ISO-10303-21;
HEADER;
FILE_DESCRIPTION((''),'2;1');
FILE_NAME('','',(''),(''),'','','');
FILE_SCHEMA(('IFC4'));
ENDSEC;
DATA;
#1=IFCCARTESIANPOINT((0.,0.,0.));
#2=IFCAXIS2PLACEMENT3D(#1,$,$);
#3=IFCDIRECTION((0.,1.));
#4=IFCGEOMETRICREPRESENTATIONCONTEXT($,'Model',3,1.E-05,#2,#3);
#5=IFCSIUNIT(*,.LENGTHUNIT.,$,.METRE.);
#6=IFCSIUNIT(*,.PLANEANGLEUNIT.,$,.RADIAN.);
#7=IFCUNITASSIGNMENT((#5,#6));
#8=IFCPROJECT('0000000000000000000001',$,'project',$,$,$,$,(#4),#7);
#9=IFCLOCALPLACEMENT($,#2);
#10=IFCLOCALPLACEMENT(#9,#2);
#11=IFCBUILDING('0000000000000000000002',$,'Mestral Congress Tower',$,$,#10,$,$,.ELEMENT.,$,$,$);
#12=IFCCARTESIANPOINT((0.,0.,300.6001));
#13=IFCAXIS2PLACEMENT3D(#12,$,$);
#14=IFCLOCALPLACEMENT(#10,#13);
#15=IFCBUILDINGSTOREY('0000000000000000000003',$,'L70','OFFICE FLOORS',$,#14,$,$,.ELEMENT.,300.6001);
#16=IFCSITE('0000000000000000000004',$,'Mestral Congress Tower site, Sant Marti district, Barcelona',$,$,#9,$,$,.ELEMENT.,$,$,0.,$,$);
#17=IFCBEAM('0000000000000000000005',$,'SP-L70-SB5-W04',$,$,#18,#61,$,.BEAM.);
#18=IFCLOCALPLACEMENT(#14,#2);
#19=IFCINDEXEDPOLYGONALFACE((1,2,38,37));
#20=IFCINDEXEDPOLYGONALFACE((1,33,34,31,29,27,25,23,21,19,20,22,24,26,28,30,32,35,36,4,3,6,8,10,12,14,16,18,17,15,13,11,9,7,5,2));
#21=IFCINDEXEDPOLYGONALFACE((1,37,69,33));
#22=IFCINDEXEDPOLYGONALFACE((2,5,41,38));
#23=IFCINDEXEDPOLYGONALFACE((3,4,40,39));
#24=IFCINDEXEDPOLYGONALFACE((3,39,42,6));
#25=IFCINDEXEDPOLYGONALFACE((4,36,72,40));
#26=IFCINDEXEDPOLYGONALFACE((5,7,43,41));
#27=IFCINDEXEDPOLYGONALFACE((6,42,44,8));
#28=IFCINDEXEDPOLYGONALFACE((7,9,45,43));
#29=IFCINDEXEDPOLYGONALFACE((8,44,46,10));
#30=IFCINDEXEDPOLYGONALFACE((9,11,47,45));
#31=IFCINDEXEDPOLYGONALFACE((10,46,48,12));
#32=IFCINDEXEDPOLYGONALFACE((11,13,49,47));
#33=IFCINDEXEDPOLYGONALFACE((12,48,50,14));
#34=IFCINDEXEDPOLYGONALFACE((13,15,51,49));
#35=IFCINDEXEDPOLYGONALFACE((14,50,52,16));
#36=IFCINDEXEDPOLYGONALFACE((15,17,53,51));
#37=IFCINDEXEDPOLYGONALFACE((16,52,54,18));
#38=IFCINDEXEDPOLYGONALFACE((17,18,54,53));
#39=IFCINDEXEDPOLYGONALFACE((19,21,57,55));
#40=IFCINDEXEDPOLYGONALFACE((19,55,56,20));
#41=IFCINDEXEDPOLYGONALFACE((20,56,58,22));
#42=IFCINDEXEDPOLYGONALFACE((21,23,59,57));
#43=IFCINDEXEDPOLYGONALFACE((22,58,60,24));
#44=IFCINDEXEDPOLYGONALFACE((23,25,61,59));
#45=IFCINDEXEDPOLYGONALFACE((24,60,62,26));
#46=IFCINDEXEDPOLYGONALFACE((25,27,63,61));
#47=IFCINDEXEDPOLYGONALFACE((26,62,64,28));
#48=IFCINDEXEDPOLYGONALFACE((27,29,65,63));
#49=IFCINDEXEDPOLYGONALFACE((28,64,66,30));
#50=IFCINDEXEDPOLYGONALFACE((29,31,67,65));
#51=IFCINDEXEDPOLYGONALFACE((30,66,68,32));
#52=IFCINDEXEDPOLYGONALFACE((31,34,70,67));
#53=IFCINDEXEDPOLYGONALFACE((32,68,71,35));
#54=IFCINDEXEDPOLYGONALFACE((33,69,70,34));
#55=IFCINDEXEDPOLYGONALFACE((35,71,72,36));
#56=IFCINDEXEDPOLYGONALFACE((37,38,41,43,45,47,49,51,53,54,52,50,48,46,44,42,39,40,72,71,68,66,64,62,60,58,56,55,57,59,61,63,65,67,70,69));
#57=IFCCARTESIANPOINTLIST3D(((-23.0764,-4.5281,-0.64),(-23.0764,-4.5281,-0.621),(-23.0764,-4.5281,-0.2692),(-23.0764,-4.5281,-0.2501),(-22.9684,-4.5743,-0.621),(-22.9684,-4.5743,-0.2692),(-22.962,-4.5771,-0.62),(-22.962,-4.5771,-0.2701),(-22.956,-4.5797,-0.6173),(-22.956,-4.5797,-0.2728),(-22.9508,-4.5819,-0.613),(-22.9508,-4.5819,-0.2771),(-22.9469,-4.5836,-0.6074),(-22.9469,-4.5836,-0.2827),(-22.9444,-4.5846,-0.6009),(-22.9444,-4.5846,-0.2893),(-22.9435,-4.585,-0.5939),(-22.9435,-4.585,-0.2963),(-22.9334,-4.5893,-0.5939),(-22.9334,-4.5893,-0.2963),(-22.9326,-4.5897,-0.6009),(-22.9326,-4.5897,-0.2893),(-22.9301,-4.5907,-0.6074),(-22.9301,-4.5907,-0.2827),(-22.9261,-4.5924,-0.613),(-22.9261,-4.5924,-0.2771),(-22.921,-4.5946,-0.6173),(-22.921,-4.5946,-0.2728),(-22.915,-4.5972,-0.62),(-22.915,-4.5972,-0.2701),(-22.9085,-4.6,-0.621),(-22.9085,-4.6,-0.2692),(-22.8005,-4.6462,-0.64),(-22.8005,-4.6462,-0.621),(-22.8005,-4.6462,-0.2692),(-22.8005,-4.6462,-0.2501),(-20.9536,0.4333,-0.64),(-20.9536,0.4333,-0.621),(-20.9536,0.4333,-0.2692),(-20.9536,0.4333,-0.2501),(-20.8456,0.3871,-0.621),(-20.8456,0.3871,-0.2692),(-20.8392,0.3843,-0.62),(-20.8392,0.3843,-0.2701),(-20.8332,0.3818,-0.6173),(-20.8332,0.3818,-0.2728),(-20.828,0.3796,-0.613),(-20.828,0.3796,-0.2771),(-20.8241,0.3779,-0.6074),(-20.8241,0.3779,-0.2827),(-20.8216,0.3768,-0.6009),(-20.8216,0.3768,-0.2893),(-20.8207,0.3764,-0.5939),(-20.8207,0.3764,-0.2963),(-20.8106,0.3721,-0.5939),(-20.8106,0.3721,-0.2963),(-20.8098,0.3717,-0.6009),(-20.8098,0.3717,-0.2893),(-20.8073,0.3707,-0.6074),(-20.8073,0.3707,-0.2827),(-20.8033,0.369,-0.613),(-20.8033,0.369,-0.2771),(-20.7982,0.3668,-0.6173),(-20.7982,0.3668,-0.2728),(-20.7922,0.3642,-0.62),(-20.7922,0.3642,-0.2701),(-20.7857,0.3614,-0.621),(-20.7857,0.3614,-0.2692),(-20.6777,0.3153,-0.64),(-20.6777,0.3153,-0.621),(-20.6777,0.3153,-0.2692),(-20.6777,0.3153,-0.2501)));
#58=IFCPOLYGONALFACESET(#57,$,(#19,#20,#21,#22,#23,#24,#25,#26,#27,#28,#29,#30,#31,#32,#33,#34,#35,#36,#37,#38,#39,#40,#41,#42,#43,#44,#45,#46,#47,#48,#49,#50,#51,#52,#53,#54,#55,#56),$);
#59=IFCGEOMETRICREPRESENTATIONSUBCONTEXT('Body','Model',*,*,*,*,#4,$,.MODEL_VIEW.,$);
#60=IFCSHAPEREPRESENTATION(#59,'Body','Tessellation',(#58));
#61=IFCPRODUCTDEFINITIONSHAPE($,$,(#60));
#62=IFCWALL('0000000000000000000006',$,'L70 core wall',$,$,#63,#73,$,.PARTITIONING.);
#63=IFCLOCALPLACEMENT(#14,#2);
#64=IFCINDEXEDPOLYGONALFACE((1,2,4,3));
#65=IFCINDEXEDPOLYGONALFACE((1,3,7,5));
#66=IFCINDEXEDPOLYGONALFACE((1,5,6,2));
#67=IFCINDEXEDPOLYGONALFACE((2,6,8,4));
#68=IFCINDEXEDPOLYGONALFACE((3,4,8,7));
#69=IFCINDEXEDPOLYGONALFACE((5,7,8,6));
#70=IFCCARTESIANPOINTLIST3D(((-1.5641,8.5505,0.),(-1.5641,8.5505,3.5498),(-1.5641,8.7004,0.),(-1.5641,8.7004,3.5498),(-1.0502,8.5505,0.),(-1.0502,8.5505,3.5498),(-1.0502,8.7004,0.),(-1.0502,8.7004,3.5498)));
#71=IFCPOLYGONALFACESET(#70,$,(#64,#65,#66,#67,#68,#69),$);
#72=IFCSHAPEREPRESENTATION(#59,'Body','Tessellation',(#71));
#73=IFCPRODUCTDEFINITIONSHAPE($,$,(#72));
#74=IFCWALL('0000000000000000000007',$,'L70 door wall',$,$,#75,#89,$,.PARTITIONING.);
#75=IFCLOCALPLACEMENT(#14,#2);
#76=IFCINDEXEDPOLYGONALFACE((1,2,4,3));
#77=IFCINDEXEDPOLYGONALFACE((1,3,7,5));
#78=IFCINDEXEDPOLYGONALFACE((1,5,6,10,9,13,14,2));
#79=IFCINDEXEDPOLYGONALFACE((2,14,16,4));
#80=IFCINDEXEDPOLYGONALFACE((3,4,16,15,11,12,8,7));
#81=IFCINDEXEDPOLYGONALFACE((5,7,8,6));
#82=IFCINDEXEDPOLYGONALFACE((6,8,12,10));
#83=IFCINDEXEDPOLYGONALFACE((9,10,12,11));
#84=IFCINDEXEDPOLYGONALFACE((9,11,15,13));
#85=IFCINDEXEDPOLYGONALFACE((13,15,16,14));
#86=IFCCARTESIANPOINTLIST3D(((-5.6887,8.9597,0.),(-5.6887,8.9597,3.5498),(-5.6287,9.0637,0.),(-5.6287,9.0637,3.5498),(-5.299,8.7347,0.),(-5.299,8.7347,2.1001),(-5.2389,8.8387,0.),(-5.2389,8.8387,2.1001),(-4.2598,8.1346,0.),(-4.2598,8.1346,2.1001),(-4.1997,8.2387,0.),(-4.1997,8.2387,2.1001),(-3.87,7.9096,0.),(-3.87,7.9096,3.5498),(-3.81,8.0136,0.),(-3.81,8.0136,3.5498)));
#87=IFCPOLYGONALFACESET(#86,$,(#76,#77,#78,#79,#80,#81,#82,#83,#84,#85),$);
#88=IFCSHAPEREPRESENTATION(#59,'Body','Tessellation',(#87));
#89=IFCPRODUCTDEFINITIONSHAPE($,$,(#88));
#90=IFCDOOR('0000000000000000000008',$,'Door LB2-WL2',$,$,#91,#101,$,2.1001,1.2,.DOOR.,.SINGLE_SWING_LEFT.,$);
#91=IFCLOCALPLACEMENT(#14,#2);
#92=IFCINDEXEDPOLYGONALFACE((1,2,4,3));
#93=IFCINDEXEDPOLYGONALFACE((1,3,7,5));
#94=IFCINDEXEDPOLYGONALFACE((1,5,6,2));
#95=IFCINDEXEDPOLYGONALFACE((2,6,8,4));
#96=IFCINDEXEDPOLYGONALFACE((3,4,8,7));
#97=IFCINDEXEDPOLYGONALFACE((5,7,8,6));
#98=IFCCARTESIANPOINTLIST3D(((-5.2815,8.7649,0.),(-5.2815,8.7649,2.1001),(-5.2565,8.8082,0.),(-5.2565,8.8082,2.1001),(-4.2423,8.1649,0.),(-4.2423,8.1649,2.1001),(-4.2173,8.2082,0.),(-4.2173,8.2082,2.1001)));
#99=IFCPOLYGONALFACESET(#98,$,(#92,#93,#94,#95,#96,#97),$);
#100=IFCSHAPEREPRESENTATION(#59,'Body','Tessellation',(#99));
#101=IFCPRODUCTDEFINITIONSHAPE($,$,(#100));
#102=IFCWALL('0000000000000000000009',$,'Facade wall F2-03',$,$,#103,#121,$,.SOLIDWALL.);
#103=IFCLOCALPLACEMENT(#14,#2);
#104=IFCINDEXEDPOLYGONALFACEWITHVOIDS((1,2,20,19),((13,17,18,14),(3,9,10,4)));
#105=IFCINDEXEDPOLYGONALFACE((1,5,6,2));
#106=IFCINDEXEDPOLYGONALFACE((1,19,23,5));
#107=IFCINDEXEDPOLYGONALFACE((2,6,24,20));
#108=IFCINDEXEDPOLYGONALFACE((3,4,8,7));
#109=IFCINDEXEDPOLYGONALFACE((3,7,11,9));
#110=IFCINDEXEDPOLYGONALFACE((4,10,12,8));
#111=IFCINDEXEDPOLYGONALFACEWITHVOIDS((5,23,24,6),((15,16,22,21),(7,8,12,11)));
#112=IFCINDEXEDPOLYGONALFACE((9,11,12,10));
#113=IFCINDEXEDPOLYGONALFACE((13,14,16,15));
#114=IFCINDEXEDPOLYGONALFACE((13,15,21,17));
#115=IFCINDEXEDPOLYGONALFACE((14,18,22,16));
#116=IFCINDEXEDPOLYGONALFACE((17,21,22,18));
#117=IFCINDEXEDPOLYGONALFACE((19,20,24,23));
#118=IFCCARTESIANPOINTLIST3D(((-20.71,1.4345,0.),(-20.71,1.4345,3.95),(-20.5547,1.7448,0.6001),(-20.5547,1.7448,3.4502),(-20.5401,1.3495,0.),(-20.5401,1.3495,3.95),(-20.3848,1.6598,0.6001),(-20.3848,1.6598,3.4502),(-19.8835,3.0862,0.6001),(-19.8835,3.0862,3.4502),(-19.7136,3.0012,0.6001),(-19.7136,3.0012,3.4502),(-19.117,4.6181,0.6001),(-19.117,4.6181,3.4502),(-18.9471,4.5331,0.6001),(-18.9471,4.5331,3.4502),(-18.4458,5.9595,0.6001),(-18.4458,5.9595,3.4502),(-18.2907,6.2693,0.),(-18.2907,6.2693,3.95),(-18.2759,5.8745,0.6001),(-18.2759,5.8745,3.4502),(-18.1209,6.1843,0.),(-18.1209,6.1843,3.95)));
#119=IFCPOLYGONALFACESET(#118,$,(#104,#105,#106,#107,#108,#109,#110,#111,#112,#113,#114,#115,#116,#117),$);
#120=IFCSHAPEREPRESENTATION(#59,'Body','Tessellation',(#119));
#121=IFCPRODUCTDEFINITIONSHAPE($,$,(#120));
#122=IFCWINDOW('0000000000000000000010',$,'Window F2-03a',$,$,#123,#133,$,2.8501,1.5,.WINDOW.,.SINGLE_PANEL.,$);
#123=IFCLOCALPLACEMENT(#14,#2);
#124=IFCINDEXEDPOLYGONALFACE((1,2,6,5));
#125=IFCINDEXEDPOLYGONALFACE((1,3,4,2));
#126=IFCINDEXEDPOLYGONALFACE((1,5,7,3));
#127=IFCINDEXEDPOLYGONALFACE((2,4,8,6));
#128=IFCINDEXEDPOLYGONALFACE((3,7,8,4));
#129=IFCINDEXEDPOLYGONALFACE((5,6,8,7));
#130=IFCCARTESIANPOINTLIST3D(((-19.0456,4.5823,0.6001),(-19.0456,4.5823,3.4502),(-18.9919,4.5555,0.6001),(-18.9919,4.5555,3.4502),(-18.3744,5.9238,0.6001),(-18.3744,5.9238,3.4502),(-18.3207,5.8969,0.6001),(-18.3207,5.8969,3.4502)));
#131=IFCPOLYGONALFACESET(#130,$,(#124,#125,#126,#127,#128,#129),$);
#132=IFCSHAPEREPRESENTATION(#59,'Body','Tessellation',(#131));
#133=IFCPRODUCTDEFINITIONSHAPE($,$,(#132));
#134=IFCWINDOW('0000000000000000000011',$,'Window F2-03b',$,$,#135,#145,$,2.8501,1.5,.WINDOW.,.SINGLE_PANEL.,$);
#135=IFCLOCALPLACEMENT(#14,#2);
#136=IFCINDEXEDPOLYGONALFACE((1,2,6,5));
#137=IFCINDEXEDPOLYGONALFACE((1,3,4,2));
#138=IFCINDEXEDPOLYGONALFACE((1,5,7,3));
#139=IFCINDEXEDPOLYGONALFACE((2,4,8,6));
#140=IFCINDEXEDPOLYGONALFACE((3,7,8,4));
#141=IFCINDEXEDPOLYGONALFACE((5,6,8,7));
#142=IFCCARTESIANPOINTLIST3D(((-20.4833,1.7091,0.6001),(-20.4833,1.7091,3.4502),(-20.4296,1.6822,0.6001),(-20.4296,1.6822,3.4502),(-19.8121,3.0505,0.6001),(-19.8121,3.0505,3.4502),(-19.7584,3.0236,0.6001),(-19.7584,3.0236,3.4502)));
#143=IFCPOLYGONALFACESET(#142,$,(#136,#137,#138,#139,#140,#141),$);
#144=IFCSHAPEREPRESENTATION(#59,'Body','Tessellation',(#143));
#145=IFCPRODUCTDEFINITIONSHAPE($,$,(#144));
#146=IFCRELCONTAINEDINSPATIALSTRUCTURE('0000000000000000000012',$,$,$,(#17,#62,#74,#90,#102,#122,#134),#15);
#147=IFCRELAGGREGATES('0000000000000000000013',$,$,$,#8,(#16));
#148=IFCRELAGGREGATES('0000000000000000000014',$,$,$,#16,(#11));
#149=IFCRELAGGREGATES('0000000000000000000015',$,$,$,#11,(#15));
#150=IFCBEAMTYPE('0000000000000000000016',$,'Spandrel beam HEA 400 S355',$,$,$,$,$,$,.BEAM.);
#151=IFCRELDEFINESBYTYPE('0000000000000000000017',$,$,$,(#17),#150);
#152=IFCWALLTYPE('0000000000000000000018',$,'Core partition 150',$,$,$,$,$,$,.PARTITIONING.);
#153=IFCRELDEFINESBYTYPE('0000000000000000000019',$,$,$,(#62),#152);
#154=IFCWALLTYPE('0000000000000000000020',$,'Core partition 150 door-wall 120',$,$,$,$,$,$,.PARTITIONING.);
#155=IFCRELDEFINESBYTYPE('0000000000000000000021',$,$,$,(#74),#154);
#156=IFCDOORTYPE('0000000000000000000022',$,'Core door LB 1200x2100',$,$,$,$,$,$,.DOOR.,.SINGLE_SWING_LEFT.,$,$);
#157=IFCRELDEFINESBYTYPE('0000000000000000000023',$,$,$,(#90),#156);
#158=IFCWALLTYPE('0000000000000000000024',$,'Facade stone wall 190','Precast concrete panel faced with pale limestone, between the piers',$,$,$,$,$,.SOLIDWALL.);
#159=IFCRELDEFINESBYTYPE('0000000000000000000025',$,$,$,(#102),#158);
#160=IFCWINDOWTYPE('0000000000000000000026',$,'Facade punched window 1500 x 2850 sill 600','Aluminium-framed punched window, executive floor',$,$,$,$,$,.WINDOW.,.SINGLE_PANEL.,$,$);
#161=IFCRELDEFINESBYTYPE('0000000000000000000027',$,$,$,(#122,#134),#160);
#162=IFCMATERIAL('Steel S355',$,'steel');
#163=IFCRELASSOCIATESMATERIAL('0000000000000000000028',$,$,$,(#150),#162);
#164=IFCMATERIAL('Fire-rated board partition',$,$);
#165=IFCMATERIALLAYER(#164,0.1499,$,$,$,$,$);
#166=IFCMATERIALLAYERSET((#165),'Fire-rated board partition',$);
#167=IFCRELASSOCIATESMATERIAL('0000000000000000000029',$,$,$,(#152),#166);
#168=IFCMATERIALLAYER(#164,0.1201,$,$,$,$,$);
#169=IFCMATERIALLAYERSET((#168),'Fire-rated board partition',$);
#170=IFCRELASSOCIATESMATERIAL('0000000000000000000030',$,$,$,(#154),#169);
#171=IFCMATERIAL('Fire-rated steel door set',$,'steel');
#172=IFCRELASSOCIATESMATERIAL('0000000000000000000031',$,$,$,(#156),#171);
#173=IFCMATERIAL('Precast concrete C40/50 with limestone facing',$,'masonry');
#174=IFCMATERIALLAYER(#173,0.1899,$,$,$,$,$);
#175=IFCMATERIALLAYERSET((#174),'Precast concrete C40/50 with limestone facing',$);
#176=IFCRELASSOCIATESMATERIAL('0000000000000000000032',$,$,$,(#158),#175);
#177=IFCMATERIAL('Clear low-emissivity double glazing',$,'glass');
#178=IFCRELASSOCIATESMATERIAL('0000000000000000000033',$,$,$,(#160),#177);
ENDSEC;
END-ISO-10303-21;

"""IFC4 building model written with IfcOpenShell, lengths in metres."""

from ifc_helpers import new_model, si_unit, direction, frame, frame_2d, origin, origin_2d, place, context, subcontext, project, spatial, rectangle, i_section, extrude, material, layer, layer_set, material_profile, profile_set, type_object, element, fill, save


model = new_model("IFC4")

# Units and contexts
model_context = context("Model", 3, precision=1e-05, world=origin(), true_north=direction((0.0, 1.0)))
body_context = subcontext(model_context, "Body", "Model", "MODEL_VIEW")
ifc_project = project(units=[si_unit("LENGTHUNIT", "METRE"), si_unit("PLANEANGLEUNIT", "RADIAN")], contexts=[model_context])

# Site, building, storey
site_placement = place(None, origin())
site = spatial("IfcSite", under=ifc_project, at=site_placement, Name="Mestral Congress Tower site, Sant Marti district, Barcelona", CompositionType="ELEMENT", RefElevation=0.0)
building_placement = place(site_placement, origin())
building = spatial("IfcBuilding", under=site, at=building_placement, Name="Mestral Congress Tower", CompositionType="ELEMENT")
storey_placement = place(building_placement, frame((0.0, 0.0, 300.6001)))
storey = spatial("IfcBuildingStorey", under=building, at=storey_placement, Name="L70", Description="OFFICE FLOORS", CompositionType="ELEMENT", Elevation=300.6001)

# Beam
ifc_material_1 = material(Name="Steel S355", Category="steel")
ifc_material_profile_1 = material_profile(ifc_material_1, i_section(OverallWidth=0.3, OverallDepth=0.3899, WebThickness=0.011, FlangeThickness=0.019, FilletRadius=0.0271, at=origin_2d()), Name="HEA 400")
ifc_profile_set_1 = profile_set([ifc_material_profile_1], Name="Steel S355")
beam_type_1 = type_object("IfcBeamType", Name="Spandrel beam HEA 400 S355", PredefinedType="BEAM", material=ifc_profile_set_1)
beam_1_placement = place(storey_placement, frame((-20.8157, 0.3743, -0.4451), z_axis=(-0.393368, -0.919381, 0.0), x_axis=(0.919381, -0.393368, 0.0)))
element("IfcBeam", 1, at=beam_1_placement, inside=storey, type_object=beam_type_1, Name="SP-L70-SB5-W04", PredefinedType="BEAM", context=body_context, shape_type="SweptSolid", body=[
    extrude(i_section(OverallWidth=0.3, OverallDepth=0.3899, WebThickness=0.011, FlangeThickness=0.019, FilletRadius=0.0271, at=origin_2d()), origin(), (0.0, 0.0, 1.0), 5.3965),
])

# Wall
ifc_material_2 = material(Name="Fire-rated board partition")
ifc_layer_1 = layer(ifc_material_2, 0.1499)
ifc_layer_set_1 = layer_set([ifc_layer_1], Name="Fire-rated board partition")
wall_type_1 = type_object("IfcWallType", Name="Core partition 150", PredefinedType="PARTITIONING", material=ifc_layer_set_1)
wall_1_placement = place(storey_placement, frame((-1.564, 8.6255, 0.0), z_axis=(0.0, 0.0, 1.0), x_axis=(1.0, 0.0, 0.0)))
element("IfcWall", 2, at=wall_1_placement, inside=storey, type_object=wall_type_1, Name="L70 core wall", PredefinedType="PARTITIONING", context=body_context, shape_type="SweptSolid", body=[
    extrude(rectangle(XDim=0.5139, YDim=0.1499, at=frame_2d((0.2568, 0.0))), origin(), (0.0, 0.0, 1.0), 3.5498),
])

# Wall, opening, door
ifc_layer_2 = layer(ifc_material_2, 0.1201)
ifc_layer_set_2 = layer_set([ifc_layer_2], Name="Fire-rated board partition")
wall_type_2 = type_object("IfcWallType", Name="Core partition 150 door-wall 120", PredefinedType="PARTITIONING", material=ifc_layer_set_2)
wall_2_placement = place(storey_placement, frame((-5.6587, 9.0117, 0.0), z_axis=(0.0, 0.0, 1.0), x_axis=(0.866009, -0.500028, 0.0)))
wall_2 = element("IfcWall", 3, at=wall_2_placement, inside=storey, type_object=wall_type_2, Name="L70 door wall", PredefinedType="PARTITIONING", context=body_context, shape_type="SweptSolid", body=[
    extrude(rectangle(XDim=2.1001, YDim=0.1201, at=frame_2d((1.05, 0.0))), origin(), (0.0, 0.0, 1.0), 3.5498),
])
opening_1_placement = place(wall_2_placement, frame((0.45, 0.0, 0.0)))
opening_1 = element("IfcOpeningElement", 4, at=opening_1_placement, cuts=wall_2, PredefinedType="OPENING", context=body_context, shape_type="SweptSolid", body=[
    extrude(rectangle(XDim=1.2, YDim=2.1001, at=frame_2d((0.6001, 1.05))), frame((0.0, 0.0701, 0.0), z_axis=(0.0, -1.0, 0.0), x_axis=(1.0, 0.0, 0.0)), (0.0, 0.0, 1.0), 0.1401),
])
ifc_material_3 = material(Name="Fire-rated steel door set", Category="steel")
door_type_1 = type_object("IfcDoorType", Name="Core door LB 1200x2100", OperationType="SINGLE_SWING_LEFT", PredefinedType="DOOR", material=ifc_material_3)
door_1_placement = place(opening_1_placement, origin())
door_1 = element("IfcDoor", 5, at=door_1_placement, inside=storey, type_object=door_type_1, Name="Door LB2-WL2", OperationType="SINGLE_SWING_LEFT", OverallHeight=2.1001, OverallWidth=1.2, PredefinedType="DOOR", context=body_context, shape_type="SweptSolid", body=[
    extrude(rectangle(XDim=1.2, YDim=2.1001, at=frame_2d((0.6001, 1.05))), frame((0.0, 0.0249, 0.0), z_axis=(0.0, -1.0, 0.0), x_axis=(1.0, 0.0, 0.0)), (0.0, 0.0, 1.0), 0.05),
])
fill(opening_1, door_1)

# Wall, openings, windows
ifc_material_4 = material(Name="Precast concrete C40/50 with limestone facing", Category="masonry")
ifc_layer_3 = layer(ifc_material_4, 0.1899)
ifc_layer_set_3 = layer_set([ifc_layer_3], Name="Precast concrete C40/50 with limestone facing")
wall_type_3 = type_object("IfcWallType", Name="Facade stone wall 190", Description="Precast concrete panel faced with pale limestone, between the piers", PredefinedType="SOLIDWALL", material=ifc_layer_set_3)
wall_3_placement = place(storey_placement, frame((-18.2058, 6.2268, 0.0), z_axis=(0.0, 0.0, 1.0), x_axis=(-0.447485, -0.894292, 0.0)))
wall_3 = element("IfcWall", 6, at=wall_3_placement, inside=storey, type_object=wall_type_3, Name="Facade wall F2-03", PredefinedType="SOLIDWALL", context=body_context, shape_type="SweptSolid", body=[
    extrude(rectangle(XDim=5.4062, YDim=0.1899, at=frame_2d((2.7031, 0.0))), origin(), (0.0, 0.0, 1.0), 3.95),
])
opening_2_placement = place(wall_3_placement, frame((0.3464, 0.0, 0.6001)))
opening_2 = element("IfcOpeningElement", 7, at=opening_2_placement, cuts=wall_3, PredefinedType="OPENING", context=body_context, shape_type="SweptSolid", body=[
    extrude(rectangle(XDim=1.5, YDim=2.8501, at=frame_2d((0.75, 1.425))), frame((0.0, 0.105, 0.0), z_axis=(0.0, -1.0, 0.0), x_axis=(1.0, 0.0, 0.0)), (0.0, 0.0, 1.0), 0.21),
])
opening_3_placement = place(wall_3_placement, frame((3.5593, 0.0, 0.6001)))
opening_3 = element("IfcOpeningElement", 8, at=opening_3_placement, cuts=wall_3, PredefinedType="OPENING", context=body_context, shape_type="SweptSolid", body=[
    extrude(rectangle(XDim=1.5, YDim=2.8501, at=frame_2d((0.75, 1.425))), frame((0.0, 0.105, 0.0), z_axis=(0.0, -1.0, 0.0), x_axis=(1.0, 0.0, 0.0)), (0.0, 0.0, 1.0), 0.21),
])
ifc_material_5 = material(Name="Clear low-emissivity double glazing", Category="glass")
window_type = type_object("IfcWindowType", Name="Facade punched window 1500 x 2850 sill 600", Description="Aluminium-framed punched window, executive floor", PartitioningType="SINGLE_PANEL", PredefinedType="WINDOW", material=ifc_material_5)
window_1_placement = place(opening_2_placement, origin())
window_1 = element("IfcWindow", 9, at=window_1_placement, inside=storey, type_object=window_type, Name="Window F2-03a", OverallHeight=2.8501, OverallWidth=1.5, PartitioningType="SINGLE_PANEL", PredefinedType="WINDOW", context=body_context, shape_type="SweptSolid", body=[
    extrude(rectangle(XDim=1.5, YDim=2.8501, at=frame_2d((0.75, 1.425))), frame((0.0, 0.0449, 0.0), z_axis=(0.0, -1.0, 0.0), x_axis=(1.0, 0.0, 0.0)), (0.0, 0.0, 1.0), 0.0601),
])
fill(opening_2, window_1)
window_2_placement = place(opening_3_placement, origin())
window_2 = element("IfcWindow", 10, at=window_2_placement, inside=storey, type_object=window_type, Name="Window F2-03b", OverallHeight=2.8501, OverallWidth=1.5, PartitioningType="SINGLE_PANEL", PredefinedType="WINDOW", context=body_context, shape_type="SweptSolid", body=[
    extrude(rectangle(XDim=1.5, YDim=2.8501, at=frame_2d((0.75, 1.425))), frame((0.0, 0.0449, 0.0), z_axis=(0.0, -1.0, 0.0), x_axis=(1.0, 0.0, 0.0)), (0.0, 0.0, 1.0), 0.0601),
])
fill(opening_3, window_2)

save(model, "model.ifc")
